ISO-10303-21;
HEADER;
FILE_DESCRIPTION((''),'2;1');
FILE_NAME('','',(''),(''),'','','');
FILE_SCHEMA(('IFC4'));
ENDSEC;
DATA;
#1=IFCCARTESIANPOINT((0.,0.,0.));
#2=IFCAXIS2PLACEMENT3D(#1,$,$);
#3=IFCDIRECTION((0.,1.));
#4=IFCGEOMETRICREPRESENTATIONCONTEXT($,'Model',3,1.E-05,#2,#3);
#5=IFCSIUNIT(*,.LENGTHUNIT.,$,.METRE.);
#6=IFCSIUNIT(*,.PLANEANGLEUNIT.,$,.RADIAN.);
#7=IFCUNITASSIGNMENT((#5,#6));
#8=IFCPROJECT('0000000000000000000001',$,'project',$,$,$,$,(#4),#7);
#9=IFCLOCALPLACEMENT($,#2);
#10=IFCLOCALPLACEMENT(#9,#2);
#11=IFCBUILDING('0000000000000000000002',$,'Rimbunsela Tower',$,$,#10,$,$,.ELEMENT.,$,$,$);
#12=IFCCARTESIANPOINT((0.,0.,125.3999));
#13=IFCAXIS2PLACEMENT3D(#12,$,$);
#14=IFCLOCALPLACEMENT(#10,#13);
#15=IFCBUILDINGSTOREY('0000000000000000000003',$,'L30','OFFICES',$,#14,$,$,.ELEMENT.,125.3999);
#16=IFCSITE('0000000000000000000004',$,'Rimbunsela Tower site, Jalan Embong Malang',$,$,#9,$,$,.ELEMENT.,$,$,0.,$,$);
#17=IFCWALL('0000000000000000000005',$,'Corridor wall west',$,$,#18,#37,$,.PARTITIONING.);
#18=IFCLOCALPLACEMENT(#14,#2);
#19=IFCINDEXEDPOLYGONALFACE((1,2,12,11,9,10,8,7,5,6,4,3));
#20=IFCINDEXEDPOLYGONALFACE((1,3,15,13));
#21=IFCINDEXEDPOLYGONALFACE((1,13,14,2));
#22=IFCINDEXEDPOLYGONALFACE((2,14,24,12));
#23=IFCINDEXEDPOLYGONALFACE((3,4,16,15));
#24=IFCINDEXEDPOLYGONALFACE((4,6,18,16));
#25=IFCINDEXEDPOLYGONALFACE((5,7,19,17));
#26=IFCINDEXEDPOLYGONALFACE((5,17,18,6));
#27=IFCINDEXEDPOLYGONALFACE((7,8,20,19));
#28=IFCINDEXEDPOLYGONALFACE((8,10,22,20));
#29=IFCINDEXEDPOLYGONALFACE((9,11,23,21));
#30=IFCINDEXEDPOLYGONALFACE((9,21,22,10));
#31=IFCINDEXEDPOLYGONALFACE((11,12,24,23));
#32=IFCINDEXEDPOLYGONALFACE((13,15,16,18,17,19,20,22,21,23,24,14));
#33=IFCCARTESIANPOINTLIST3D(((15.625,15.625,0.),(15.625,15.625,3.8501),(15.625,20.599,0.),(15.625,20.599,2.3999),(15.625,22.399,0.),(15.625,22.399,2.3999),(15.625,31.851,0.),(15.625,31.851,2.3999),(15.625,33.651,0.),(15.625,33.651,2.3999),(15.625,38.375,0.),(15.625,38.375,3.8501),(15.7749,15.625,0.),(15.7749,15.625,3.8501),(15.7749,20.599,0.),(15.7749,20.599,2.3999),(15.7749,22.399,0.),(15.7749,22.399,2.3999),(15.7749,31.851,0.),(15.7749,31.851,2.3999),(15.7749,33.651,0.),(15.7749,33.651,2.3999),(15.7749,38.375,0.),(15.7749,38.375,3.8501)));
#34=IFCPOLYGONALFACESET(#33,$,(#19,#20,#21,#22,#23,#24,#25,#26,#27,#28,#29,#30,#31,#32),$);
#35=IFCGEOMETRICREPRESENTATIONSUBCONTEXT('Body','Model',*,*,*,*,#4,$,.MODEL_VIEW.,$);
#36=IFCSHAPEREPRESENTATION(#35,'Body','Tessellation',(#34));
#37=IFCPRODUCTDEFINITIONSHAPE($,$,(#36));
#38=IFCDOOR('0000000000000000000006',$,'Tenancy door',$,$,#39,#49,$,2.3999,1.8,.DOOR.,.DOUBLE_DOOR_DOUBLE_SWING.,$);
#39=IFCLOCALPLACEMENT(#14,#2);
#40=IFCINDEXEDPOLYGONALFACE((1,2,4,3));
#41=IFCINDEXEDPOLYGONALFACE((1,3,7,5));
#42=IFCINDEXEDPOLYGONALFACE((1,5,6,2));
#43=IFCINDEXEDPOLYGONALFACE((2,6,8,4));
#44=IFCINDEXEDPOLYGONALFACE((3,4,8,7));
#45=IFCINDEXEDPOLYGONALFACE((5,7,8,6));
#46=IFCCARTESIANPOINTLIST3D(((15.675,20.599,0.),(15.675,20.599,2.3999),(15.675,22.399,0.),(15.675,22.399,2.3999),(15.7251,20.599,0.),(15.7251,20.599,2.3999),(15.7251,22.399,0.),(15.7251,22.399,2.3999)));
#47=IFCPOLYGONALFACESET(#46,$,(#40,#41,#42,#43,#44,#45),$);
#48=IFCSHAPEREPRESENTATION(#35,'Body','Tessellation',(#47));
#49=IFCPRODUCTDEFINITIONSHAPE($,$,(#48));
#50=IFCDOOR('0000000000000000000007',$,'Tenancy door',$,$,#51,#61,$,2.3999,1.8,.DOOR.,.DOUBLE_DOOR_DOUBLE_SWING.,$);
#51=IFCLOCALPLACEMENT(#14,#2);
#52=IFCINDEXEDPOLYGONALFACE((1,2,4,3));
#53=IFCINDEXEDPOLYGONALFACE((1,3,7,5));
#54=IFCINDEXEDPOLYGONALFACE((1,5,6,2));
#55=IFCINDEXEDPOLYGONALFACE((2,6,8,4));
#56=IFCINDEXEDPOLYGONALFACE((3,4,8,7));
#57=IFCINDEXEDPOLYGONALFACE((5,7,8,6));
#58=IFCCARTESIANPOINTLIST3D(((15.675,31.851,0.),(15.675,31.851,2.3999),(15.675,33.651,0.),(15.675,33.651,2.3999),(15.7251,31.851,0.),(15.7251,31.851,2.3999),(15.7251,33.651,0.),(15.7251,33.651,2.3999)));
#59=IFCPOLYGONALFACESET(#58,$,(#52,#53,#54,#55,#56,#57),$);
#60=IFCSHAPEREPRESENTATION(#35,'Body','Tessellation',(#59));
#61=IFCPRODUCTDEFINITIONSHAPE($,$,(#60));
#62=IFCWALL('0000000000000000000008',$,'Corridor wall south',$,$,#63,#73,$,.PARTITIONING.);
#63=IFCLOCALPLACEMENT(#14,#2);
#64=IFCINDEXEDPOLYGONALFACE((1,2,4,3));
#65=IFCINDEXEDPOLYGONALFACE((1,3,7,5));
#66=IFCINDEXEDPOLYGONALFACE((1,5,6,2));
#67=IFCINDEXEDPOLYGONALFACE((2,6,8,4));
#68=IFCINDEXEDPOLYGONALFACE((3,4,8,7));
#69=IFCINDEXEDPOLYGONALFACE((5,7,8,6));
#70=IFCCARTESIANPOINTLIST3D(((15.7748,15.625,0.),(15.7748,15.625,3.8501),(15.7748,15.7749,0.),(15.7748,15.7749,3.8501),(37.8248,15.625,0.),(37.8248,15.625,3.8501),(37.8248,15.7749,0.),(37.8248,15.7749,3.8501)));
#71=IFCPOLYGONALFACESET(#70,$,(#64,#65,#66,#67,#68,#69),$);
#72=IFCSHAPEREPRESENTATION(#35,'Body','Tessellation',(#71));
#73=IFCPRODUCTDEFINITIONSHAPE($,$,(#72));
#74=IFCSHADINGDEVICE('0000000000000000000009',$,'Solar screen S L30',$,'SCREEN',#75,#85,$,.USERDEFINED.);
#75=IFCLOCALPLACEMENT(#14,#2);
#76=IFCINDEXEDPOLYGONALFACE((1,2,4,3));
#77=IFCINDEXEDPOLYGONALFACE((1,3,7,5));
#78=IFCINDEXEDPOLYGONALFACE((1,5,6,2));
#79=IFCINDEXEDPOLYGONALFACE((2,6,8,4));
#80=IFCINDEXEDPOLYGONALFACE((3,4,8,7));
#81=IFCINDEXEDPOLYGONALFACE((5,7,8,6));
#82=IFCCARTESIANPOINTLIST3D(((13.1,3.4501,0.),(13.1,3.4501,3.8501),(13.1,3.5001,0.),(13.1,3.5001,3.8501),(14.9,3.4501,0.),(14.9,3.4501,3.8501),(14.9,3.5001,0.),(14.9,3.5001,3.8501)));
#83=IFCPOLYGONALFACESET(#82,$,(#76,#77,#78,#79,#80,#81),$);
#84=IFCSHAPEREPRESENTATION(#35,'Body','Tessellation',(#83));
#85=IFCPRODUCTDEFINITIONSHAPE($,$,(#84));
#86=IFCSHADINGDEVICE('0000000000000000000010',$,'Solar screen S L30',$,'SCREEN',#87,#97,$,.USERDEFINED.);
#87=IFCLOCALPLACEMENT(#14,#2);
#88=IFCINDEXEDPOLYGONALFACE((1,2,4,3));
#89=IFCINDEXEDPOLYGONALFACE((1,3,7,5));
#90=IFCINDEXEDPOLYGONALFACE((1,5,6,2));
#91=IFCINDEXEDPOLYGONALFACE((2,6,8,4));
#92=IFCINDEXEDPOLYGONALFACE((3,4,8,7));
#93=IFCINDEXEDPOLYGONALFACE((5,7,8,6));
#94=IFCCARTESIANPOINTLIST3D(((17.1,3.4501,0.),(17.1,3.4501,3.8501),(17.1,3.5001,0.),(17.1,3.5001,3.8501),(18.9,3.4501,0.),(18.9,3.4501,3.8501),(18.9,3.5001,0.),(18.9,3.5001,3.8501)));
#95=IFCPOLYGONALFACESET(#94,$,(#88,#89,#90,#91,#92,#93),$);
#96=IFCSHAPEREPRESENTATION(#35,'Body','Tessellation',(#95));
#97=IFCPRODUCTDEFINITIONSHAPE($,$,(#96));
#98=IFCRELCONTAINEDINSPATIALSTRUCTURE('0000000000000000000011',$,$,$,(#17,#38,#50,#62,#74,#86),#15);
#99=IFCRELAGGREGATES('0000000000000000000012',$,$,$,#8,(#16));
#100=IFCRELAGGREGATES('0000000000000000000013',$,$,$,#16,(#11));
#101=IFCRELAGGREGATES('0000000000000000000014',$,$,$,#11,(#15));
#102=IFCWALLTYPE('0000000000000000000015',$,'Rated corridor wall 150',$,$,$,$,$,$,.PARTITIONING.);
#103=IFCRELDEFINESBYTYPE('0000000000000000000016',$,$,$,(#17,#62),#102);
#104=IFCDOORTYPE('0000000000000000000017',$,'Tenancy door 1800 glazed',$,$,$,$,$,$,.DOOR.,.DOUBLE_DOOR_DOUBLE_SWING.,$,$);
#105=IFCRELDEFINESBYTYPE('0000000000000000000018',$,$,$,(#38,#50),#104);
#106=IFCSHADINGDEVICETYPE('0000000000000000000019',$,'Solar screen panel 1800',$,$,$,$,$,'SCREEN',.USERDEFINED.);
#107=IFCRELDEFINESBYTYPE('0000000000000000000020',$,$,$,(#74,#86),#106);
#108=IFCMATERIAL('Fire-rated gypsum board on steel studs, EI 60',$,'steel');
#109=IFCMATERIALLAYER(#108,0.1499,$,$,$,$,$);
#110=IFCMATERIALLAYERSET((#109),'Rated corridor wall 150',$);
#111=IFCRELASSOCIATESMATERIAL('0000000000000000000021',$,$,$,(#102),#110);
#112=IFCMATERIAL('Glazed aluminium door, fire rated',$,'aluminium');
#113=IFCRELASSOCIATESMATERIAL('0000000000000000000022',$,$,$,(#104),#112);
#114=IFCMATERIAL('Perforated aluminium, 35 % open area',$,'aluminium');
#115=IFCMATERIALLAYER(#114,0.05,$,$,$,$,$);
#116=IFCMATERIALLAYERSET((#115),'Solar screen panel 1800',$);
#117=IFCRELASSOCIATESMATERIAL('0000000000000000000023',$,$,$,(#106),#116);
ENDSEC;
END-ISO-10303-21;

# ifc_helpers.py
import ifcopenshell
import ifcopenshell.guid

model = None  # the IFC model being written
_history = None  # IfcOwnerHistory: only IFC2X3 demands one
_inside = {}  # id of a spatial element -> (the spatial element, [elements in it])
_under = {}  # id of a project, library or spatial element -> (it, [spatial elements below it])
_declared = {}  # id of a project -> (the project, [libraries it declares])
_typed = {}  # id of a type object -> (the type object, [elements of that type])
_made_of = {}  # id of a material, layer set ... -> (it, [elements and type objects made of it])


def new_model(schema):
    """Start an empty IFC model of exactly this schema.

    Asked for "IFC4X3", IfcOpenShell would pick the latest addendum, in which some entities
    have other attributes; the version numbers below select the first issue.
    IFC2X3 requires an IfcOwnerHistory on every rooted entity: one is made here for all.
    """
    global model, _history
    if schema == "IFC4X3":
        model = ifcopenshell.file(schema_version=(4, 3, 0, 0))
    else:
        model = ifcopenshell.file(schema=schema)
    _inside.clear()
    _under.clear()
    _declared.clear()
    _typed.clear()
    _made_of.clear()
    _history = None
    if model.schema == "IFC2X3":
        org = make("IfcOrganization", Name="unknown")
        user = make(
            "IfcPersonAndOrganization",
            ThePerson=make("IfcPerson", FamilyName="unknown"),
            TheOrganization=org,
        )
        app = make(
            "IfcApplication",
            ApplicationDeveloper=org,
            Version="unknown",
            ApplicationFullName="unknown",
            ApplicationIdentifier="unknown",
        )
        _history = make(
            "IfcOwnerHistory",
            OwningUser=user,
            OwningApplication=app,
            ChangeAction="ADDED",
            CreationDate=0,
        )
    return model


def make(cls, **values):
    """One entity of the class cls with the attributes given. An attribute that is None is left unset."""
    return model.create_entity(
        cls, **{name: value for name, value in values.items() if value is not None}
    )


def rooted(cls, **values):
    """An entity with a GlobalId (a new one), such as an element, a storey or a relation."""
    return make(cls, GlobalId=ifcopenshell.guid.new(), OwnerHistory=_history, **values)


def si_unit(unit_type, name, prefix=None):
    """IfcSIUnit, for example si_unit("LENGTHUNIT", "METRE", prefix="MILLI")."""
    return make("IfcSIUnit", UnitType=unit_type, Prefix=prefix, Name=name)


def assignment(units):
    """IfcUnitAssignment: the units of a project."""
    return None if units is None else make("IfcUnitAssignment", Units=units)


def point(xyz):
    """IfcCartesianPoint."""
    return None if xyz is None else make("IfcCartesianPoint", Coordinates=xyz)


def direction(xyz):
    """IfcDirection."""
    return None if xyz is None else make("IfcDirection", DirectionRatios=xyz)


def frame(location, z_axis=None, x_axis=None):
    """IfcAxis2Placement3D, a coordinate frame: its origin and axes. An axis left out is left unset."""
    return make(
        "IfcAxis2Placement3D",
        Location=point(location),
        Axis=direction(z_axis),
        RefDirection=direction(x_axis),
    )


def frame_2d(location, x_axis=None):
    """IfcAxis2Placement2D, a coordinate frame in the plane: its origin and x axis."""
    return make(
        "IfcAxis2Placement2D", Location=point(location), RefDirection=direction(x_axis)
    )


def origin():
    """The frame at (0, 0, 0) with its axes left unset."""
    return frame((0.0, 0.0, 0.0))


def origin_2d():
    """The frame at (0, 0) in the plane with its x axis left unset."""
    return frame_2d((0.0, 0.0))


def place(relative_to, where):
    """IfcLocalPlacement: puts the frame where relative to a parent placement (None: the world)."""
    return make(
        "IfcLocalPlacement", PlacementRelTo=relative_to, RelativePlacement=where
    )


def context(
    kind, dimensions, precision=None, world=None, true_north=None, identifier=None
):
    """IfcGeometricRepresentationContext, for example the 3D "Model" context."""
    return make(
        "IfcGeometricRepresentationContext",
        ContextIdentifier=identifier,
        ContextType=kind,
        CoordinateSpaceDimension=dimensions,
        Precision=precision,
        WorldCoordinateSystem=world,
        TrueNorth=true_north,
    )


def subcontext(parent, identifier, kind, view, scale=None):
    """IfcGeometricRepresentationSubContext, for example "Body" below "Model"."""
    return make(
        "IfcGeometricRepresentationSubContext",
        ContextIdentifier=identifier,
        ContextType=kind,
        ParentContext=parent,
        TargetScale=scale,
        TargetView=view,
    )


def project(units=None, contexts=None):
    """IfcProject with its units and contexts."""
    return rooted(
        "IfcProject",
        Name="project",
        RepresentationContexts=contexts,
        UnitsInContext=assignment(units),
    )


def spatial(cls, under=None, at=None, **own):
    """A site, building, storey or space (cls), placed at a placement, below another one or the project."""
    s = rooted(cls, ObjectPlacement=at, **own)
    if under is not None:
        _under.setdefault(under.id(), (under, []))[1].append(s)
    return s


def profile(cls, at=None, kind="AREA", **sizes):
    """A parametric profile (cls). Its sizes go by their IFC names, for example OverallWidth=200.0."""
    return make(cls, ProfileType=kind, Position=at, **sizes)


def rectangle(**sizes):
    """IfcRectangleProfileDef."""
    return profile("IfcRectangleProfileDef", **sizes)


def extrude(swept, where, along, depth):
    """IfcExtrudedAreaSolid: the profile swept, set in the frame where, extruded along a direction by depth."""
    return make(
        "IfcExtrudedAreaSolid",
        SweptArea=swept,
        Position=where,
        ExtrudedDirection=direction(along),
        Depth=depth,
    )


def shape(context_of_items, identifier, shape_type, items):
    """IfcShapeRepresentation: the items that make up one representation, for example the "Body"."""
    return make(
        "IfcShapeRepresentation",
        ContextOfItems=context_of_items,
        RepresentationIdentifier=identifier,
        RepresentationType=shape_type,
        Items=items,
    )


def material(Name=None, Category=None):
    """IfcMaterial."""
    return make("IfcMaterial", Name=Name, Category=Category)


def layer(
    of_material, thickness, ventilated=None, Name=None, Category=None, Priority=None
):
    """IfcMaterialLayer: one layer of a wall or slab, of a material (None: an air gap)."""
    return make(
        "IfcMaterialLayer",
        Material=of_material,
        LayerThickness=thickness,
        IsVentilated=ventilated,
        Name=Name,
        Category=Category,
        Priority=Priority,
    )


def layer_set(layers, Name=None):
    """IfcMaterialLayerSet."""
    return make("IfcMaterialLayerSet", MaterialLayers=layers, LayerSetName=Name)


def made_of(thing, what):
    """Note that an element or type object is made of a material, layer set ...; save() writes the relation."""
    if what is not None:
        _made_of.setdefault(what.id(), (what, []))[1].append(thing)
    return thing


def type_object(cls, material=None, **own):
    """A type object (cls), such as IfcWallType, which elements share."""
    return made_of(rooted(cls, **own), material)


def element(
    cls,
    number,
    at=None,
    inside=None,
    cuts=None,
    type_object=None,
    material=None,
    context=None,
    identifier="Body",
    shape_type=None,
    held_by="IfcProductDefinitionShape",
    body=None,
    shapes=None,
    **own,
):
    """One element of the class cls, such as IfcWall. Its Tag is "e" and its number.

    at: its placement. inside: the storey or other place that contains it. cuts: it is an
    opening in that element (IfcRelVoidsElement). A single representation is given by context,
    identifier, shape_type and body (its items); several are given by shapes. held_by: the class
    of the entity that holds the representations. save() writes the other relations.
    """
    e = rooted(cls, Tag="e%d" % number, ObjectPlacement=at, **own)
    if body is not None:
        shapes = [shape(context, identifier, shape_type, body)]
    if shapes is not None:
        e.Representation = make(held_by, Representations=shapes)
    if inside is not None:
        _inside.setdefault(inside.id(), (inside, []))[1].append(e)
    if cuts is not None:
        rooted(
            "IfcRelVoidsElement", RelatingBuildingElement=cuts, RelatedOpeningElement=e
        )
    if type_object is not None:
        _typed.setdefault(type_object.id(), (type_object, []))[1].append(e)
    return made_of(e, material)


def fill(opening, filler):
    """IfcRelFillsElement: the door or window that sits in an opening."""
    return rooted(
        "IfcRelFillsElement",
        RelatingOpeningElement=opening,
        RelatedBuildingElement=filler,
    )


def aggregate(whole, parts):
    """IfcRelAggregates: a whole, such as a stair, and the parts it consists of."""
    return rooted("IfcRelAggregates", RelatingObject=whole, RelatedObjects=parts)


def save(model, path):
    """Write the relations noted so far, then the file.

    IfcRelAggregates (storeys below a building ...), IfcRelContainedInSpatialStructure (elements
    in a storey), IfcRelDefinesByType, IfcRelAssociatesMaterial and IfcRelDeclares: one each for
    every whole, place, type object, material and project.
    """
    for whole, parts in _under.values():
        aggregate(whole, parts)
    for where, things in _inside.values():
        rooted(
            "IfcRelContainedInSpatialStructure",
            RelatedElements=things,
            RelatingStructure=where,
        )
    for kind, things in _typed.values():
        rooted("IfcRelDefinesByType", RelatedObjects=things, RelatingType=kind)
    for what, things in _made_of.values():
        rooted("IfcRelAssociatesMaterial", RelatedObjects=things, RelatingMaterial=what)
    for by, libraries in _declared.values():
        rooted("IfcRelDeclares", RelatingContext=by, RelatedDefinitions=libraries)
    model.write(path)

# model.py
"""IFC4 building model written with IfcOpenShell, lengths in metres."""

from ifc_helpers import new_model, si_unit, direction, frame, frame_2d, origin, origin_2d, place, context, subcontext, project, spatial, rectangle, extrude, material, layer, layer_set, type_object, element, fill, save


model = new_model("IFC4")

# Units and contexts
model_context = context("Model", 3, precision=1e-05, world=origin(), true_north=direction((0.0, 1.0)))
body_context = subcontext(model_context, "Body", "Model", "MODEL_VIEW")
ifc_project = project(units=[si_unit("LENGTHUNIT", "METRE"), si_unit("PLANEANGLEUNIT", "RADIAN")], contexts=[model_context])

# Site, building, storey
site_placement = place(None, origin())
site = spatial("IfcSite", under=ifc_project, at=site_placement, Name="Rimbunsela Tower site, Jalan Embong Malang", CompositionType="ELEMENT", RefElevation=0.0)
building_placement = place(site_placement, origin())
building = spatial("IfcBuilding", under=site, at=building_placement, Name="Rimbunsela Tower", CompositionType="ELEMENT")
storey_placement = place(building_placement, frame((0.0, 0.0, 125.3999)))
storey = spatial("IfcBuildingStorey", under=building, at=storey_placement, Name="L30", Description="OFFICES", CompositionType="ELEMENT", Elevation=125.3999)

# Wall, openings, doors
ifc_material_1 = material(Name="Fire-rated gypsum board on steel studs, EI 60", Category="steel")
ifc_layer_1 = layer(ifc_material_1, 0.1499)
ifc_layer_set_1 = layer_set([ifc_layer_1], Name="Rated corridor wall 150")
wall_type_1 = type_object("IfcWallType", Name="Rated corridor wall 150", PredefinedType="PARTITIONING", material=ifc_layer_set_1)
wall_1_placement = place(storey_placement, frame((15.7, 15.625, 0.0), z_axis=(0.0, 0.0, 1.0), x_axis=(0.0, 1.0, 0.0)))
wall_1 = element("IfcWall", 1, at=wall_1_placement, inside=storey, type_object=wall_type_1, Name="Corridor wall west", PredefinedType="PARTITIONING", context=body_context, shape_type="SweptSolid", body=[
    extrude(rectangle(XDim=22.75, YDim=0.1499, at=frame_2d((11.375, 0.0))), origin(), (0.0, 0.0, 1.0), 3.8501),
])
opening_1_placement = place(wall_1_placement, frame((4.9741, 0.0, 0.0)))
opening_1 = element("IfcOpeningElement", 2, at=opening_1_placement, cuts=wall_1, PredefinedType="OPENING", context=body_context, shape_type="SweptSolid", body=[
    extrude(rectangle(XDim=1.8, YDim=2.3999, at=frame_2d((0.8999, 1.2))), frame((0.0, 0.085, 0.0), z_axis=(0.0, -1.0, 0.0), x_axis=(1.0, 0.0, 0.0)), (0.0, 0.0, 1.0), 0.1699),
])
opening_2_placement = place(wall_1_placement, frame((16.2261, 0.0, 0.0)))
opening_2 = element("IfcOpeningElement", 3, at=opening_2_placement, cuts=wall_1, PredefinedType="OPENING", context=body_context, shape_type="SweptSolid", body=[
    extrude(rectangle(XDim=1.8, YDim=2.3999, at=frame_2d((0.8999, 1.2))), frame((0.0, 0.085, 0.0), z_axis=(0.0, -1.0, 0.0), x_axis=(1.0, 0.0, 0.0)), (0.0, 0.0, 1.0), 0.1699),
])
ifc_material_2 = material(Name="Glazed aluminium door, fire rated", Category="aluminium")
door_type_1 = type_object("IfcDoorType", Name="Tenancy door 1800 glazed", OperationType="DOUBLE_DOOR_DOUBLE_SWING", PredefinedType="DOOR", material=ifc_material_2)
door_1_placement = place(opening_1_placement, origin())
door_1 = element("IfcDoor", 4, at=door_1_placement, inside=storey, type_object=door_type_1, Name="Tenancy door", OperationType="DOUBLE_DOOR_DOUBLE_SWING", OverallHeight=2.3999, OverallWidth=1.8, PredefinedType="DOOR", context=body_context, shape_type="SweptSolid", body=[
    extrude(rectangle(XDim=1.8, YDim=2.3999, at=frame_2d((0.8999, 1.2))), frame((0.0, 0.0249, 0.0), z_axis=(0.0, -1.0, 0.0), x_axis=(1.0, 0.0, 0.0)), (0.0, 0.0, 1.0), 0.05),
])
fill(opening_1, door_1)
door_2_placement = place(opening_2_placement, origin())
door_2 = element("IfcDoor", 5, at=door_2_placement, inside=storey, type_object=door_type_1, Name="Tenancy door", OperationType="DOUBLE_DOOR_DOUBLE_SWING", OverallHeight=2.3999, OverallWidth=1.8, PredefinedType="DOOR", context=body_context, shape_type="SweptSolid", body=[
    extrude(rectangle(XDim=1.8, YDim=2.3999, at=frame_2d((0.8999, 1.2))), frame((0.0, 0.0249, 0.0), z_axis=(0.0, -1.0, 0.0), x_axis=(1.0, 0.0, 0.0)), (0.0, 0.0, 1.0), 0.05),
])
fill(opening_2, door_2)

# Wall
wall_2_placement = place(storey_placement, frame((15.7749, 15.7, 0.0), z_axis=(0.0, 0.0, 1.0), x_axis=(1.0, 0.0, 0.0)))
element("IfcWall", 6, at=wall_2_placement, inside=storey, type_object=wall_type_1, Name="Corridor wall south", PredefinedType="PARTITIONING", context=body_context, shape_type="SweptSolid", body=[
    extrude(rectangle(XDim=22.05, YDim=0.1499, at=frame_2d((11.0249, 0.0))), origin(), (0.0, 0.0, 1.0), 3.8501),
])

# Shading devices
ifc_material_3 = material(Name="Perforated aluminium, 35 % open area", Category="aluminium")
ifc_layer_2 = layer(ifc_material_3, 0.05)
ifc_layer_set_2 = layer_set([ifc_layer_2], Name="Solar screen panel 1800")
shading_device_type = type_object("IfcShadingDeviceType", Name="Solar screen panel 1800", ElementType="SCREEN", PredefinedType="USERDEFINED", material=ifc_layer_set_2)
for number, where, z_axis, x_axis, name in (
    (7, (14.0, 3.4751, 0.0), (0.0, 0.0, 1.0), (1.0, 0.0, 0.0), "Solar screen S L30"),
    (8, (18.0, 3.4751, 0.0), (0.0, 0.0, 1.0), (1.0, 0.0, 0.0), "Solar screen S L30"),
):
    element("IfcShadingDevice", number, at=place(storey_placement, frame(where, z_axis=z_axis, x_axis=x_axis)), inside=storey, type_object=shading_device_type, Name=name, ObjectType="SCREEN", PredefinedType="USERDEFINED", context=body_context, shape_type="SweptSolid", body=[
        extrude(rectangle(XDim=1.8, YDim=0.05, at=origin_2d()), origin(), (0.0, 0.0, 1.0), 3.8501),
    ])

save(model, "model.ifc")
